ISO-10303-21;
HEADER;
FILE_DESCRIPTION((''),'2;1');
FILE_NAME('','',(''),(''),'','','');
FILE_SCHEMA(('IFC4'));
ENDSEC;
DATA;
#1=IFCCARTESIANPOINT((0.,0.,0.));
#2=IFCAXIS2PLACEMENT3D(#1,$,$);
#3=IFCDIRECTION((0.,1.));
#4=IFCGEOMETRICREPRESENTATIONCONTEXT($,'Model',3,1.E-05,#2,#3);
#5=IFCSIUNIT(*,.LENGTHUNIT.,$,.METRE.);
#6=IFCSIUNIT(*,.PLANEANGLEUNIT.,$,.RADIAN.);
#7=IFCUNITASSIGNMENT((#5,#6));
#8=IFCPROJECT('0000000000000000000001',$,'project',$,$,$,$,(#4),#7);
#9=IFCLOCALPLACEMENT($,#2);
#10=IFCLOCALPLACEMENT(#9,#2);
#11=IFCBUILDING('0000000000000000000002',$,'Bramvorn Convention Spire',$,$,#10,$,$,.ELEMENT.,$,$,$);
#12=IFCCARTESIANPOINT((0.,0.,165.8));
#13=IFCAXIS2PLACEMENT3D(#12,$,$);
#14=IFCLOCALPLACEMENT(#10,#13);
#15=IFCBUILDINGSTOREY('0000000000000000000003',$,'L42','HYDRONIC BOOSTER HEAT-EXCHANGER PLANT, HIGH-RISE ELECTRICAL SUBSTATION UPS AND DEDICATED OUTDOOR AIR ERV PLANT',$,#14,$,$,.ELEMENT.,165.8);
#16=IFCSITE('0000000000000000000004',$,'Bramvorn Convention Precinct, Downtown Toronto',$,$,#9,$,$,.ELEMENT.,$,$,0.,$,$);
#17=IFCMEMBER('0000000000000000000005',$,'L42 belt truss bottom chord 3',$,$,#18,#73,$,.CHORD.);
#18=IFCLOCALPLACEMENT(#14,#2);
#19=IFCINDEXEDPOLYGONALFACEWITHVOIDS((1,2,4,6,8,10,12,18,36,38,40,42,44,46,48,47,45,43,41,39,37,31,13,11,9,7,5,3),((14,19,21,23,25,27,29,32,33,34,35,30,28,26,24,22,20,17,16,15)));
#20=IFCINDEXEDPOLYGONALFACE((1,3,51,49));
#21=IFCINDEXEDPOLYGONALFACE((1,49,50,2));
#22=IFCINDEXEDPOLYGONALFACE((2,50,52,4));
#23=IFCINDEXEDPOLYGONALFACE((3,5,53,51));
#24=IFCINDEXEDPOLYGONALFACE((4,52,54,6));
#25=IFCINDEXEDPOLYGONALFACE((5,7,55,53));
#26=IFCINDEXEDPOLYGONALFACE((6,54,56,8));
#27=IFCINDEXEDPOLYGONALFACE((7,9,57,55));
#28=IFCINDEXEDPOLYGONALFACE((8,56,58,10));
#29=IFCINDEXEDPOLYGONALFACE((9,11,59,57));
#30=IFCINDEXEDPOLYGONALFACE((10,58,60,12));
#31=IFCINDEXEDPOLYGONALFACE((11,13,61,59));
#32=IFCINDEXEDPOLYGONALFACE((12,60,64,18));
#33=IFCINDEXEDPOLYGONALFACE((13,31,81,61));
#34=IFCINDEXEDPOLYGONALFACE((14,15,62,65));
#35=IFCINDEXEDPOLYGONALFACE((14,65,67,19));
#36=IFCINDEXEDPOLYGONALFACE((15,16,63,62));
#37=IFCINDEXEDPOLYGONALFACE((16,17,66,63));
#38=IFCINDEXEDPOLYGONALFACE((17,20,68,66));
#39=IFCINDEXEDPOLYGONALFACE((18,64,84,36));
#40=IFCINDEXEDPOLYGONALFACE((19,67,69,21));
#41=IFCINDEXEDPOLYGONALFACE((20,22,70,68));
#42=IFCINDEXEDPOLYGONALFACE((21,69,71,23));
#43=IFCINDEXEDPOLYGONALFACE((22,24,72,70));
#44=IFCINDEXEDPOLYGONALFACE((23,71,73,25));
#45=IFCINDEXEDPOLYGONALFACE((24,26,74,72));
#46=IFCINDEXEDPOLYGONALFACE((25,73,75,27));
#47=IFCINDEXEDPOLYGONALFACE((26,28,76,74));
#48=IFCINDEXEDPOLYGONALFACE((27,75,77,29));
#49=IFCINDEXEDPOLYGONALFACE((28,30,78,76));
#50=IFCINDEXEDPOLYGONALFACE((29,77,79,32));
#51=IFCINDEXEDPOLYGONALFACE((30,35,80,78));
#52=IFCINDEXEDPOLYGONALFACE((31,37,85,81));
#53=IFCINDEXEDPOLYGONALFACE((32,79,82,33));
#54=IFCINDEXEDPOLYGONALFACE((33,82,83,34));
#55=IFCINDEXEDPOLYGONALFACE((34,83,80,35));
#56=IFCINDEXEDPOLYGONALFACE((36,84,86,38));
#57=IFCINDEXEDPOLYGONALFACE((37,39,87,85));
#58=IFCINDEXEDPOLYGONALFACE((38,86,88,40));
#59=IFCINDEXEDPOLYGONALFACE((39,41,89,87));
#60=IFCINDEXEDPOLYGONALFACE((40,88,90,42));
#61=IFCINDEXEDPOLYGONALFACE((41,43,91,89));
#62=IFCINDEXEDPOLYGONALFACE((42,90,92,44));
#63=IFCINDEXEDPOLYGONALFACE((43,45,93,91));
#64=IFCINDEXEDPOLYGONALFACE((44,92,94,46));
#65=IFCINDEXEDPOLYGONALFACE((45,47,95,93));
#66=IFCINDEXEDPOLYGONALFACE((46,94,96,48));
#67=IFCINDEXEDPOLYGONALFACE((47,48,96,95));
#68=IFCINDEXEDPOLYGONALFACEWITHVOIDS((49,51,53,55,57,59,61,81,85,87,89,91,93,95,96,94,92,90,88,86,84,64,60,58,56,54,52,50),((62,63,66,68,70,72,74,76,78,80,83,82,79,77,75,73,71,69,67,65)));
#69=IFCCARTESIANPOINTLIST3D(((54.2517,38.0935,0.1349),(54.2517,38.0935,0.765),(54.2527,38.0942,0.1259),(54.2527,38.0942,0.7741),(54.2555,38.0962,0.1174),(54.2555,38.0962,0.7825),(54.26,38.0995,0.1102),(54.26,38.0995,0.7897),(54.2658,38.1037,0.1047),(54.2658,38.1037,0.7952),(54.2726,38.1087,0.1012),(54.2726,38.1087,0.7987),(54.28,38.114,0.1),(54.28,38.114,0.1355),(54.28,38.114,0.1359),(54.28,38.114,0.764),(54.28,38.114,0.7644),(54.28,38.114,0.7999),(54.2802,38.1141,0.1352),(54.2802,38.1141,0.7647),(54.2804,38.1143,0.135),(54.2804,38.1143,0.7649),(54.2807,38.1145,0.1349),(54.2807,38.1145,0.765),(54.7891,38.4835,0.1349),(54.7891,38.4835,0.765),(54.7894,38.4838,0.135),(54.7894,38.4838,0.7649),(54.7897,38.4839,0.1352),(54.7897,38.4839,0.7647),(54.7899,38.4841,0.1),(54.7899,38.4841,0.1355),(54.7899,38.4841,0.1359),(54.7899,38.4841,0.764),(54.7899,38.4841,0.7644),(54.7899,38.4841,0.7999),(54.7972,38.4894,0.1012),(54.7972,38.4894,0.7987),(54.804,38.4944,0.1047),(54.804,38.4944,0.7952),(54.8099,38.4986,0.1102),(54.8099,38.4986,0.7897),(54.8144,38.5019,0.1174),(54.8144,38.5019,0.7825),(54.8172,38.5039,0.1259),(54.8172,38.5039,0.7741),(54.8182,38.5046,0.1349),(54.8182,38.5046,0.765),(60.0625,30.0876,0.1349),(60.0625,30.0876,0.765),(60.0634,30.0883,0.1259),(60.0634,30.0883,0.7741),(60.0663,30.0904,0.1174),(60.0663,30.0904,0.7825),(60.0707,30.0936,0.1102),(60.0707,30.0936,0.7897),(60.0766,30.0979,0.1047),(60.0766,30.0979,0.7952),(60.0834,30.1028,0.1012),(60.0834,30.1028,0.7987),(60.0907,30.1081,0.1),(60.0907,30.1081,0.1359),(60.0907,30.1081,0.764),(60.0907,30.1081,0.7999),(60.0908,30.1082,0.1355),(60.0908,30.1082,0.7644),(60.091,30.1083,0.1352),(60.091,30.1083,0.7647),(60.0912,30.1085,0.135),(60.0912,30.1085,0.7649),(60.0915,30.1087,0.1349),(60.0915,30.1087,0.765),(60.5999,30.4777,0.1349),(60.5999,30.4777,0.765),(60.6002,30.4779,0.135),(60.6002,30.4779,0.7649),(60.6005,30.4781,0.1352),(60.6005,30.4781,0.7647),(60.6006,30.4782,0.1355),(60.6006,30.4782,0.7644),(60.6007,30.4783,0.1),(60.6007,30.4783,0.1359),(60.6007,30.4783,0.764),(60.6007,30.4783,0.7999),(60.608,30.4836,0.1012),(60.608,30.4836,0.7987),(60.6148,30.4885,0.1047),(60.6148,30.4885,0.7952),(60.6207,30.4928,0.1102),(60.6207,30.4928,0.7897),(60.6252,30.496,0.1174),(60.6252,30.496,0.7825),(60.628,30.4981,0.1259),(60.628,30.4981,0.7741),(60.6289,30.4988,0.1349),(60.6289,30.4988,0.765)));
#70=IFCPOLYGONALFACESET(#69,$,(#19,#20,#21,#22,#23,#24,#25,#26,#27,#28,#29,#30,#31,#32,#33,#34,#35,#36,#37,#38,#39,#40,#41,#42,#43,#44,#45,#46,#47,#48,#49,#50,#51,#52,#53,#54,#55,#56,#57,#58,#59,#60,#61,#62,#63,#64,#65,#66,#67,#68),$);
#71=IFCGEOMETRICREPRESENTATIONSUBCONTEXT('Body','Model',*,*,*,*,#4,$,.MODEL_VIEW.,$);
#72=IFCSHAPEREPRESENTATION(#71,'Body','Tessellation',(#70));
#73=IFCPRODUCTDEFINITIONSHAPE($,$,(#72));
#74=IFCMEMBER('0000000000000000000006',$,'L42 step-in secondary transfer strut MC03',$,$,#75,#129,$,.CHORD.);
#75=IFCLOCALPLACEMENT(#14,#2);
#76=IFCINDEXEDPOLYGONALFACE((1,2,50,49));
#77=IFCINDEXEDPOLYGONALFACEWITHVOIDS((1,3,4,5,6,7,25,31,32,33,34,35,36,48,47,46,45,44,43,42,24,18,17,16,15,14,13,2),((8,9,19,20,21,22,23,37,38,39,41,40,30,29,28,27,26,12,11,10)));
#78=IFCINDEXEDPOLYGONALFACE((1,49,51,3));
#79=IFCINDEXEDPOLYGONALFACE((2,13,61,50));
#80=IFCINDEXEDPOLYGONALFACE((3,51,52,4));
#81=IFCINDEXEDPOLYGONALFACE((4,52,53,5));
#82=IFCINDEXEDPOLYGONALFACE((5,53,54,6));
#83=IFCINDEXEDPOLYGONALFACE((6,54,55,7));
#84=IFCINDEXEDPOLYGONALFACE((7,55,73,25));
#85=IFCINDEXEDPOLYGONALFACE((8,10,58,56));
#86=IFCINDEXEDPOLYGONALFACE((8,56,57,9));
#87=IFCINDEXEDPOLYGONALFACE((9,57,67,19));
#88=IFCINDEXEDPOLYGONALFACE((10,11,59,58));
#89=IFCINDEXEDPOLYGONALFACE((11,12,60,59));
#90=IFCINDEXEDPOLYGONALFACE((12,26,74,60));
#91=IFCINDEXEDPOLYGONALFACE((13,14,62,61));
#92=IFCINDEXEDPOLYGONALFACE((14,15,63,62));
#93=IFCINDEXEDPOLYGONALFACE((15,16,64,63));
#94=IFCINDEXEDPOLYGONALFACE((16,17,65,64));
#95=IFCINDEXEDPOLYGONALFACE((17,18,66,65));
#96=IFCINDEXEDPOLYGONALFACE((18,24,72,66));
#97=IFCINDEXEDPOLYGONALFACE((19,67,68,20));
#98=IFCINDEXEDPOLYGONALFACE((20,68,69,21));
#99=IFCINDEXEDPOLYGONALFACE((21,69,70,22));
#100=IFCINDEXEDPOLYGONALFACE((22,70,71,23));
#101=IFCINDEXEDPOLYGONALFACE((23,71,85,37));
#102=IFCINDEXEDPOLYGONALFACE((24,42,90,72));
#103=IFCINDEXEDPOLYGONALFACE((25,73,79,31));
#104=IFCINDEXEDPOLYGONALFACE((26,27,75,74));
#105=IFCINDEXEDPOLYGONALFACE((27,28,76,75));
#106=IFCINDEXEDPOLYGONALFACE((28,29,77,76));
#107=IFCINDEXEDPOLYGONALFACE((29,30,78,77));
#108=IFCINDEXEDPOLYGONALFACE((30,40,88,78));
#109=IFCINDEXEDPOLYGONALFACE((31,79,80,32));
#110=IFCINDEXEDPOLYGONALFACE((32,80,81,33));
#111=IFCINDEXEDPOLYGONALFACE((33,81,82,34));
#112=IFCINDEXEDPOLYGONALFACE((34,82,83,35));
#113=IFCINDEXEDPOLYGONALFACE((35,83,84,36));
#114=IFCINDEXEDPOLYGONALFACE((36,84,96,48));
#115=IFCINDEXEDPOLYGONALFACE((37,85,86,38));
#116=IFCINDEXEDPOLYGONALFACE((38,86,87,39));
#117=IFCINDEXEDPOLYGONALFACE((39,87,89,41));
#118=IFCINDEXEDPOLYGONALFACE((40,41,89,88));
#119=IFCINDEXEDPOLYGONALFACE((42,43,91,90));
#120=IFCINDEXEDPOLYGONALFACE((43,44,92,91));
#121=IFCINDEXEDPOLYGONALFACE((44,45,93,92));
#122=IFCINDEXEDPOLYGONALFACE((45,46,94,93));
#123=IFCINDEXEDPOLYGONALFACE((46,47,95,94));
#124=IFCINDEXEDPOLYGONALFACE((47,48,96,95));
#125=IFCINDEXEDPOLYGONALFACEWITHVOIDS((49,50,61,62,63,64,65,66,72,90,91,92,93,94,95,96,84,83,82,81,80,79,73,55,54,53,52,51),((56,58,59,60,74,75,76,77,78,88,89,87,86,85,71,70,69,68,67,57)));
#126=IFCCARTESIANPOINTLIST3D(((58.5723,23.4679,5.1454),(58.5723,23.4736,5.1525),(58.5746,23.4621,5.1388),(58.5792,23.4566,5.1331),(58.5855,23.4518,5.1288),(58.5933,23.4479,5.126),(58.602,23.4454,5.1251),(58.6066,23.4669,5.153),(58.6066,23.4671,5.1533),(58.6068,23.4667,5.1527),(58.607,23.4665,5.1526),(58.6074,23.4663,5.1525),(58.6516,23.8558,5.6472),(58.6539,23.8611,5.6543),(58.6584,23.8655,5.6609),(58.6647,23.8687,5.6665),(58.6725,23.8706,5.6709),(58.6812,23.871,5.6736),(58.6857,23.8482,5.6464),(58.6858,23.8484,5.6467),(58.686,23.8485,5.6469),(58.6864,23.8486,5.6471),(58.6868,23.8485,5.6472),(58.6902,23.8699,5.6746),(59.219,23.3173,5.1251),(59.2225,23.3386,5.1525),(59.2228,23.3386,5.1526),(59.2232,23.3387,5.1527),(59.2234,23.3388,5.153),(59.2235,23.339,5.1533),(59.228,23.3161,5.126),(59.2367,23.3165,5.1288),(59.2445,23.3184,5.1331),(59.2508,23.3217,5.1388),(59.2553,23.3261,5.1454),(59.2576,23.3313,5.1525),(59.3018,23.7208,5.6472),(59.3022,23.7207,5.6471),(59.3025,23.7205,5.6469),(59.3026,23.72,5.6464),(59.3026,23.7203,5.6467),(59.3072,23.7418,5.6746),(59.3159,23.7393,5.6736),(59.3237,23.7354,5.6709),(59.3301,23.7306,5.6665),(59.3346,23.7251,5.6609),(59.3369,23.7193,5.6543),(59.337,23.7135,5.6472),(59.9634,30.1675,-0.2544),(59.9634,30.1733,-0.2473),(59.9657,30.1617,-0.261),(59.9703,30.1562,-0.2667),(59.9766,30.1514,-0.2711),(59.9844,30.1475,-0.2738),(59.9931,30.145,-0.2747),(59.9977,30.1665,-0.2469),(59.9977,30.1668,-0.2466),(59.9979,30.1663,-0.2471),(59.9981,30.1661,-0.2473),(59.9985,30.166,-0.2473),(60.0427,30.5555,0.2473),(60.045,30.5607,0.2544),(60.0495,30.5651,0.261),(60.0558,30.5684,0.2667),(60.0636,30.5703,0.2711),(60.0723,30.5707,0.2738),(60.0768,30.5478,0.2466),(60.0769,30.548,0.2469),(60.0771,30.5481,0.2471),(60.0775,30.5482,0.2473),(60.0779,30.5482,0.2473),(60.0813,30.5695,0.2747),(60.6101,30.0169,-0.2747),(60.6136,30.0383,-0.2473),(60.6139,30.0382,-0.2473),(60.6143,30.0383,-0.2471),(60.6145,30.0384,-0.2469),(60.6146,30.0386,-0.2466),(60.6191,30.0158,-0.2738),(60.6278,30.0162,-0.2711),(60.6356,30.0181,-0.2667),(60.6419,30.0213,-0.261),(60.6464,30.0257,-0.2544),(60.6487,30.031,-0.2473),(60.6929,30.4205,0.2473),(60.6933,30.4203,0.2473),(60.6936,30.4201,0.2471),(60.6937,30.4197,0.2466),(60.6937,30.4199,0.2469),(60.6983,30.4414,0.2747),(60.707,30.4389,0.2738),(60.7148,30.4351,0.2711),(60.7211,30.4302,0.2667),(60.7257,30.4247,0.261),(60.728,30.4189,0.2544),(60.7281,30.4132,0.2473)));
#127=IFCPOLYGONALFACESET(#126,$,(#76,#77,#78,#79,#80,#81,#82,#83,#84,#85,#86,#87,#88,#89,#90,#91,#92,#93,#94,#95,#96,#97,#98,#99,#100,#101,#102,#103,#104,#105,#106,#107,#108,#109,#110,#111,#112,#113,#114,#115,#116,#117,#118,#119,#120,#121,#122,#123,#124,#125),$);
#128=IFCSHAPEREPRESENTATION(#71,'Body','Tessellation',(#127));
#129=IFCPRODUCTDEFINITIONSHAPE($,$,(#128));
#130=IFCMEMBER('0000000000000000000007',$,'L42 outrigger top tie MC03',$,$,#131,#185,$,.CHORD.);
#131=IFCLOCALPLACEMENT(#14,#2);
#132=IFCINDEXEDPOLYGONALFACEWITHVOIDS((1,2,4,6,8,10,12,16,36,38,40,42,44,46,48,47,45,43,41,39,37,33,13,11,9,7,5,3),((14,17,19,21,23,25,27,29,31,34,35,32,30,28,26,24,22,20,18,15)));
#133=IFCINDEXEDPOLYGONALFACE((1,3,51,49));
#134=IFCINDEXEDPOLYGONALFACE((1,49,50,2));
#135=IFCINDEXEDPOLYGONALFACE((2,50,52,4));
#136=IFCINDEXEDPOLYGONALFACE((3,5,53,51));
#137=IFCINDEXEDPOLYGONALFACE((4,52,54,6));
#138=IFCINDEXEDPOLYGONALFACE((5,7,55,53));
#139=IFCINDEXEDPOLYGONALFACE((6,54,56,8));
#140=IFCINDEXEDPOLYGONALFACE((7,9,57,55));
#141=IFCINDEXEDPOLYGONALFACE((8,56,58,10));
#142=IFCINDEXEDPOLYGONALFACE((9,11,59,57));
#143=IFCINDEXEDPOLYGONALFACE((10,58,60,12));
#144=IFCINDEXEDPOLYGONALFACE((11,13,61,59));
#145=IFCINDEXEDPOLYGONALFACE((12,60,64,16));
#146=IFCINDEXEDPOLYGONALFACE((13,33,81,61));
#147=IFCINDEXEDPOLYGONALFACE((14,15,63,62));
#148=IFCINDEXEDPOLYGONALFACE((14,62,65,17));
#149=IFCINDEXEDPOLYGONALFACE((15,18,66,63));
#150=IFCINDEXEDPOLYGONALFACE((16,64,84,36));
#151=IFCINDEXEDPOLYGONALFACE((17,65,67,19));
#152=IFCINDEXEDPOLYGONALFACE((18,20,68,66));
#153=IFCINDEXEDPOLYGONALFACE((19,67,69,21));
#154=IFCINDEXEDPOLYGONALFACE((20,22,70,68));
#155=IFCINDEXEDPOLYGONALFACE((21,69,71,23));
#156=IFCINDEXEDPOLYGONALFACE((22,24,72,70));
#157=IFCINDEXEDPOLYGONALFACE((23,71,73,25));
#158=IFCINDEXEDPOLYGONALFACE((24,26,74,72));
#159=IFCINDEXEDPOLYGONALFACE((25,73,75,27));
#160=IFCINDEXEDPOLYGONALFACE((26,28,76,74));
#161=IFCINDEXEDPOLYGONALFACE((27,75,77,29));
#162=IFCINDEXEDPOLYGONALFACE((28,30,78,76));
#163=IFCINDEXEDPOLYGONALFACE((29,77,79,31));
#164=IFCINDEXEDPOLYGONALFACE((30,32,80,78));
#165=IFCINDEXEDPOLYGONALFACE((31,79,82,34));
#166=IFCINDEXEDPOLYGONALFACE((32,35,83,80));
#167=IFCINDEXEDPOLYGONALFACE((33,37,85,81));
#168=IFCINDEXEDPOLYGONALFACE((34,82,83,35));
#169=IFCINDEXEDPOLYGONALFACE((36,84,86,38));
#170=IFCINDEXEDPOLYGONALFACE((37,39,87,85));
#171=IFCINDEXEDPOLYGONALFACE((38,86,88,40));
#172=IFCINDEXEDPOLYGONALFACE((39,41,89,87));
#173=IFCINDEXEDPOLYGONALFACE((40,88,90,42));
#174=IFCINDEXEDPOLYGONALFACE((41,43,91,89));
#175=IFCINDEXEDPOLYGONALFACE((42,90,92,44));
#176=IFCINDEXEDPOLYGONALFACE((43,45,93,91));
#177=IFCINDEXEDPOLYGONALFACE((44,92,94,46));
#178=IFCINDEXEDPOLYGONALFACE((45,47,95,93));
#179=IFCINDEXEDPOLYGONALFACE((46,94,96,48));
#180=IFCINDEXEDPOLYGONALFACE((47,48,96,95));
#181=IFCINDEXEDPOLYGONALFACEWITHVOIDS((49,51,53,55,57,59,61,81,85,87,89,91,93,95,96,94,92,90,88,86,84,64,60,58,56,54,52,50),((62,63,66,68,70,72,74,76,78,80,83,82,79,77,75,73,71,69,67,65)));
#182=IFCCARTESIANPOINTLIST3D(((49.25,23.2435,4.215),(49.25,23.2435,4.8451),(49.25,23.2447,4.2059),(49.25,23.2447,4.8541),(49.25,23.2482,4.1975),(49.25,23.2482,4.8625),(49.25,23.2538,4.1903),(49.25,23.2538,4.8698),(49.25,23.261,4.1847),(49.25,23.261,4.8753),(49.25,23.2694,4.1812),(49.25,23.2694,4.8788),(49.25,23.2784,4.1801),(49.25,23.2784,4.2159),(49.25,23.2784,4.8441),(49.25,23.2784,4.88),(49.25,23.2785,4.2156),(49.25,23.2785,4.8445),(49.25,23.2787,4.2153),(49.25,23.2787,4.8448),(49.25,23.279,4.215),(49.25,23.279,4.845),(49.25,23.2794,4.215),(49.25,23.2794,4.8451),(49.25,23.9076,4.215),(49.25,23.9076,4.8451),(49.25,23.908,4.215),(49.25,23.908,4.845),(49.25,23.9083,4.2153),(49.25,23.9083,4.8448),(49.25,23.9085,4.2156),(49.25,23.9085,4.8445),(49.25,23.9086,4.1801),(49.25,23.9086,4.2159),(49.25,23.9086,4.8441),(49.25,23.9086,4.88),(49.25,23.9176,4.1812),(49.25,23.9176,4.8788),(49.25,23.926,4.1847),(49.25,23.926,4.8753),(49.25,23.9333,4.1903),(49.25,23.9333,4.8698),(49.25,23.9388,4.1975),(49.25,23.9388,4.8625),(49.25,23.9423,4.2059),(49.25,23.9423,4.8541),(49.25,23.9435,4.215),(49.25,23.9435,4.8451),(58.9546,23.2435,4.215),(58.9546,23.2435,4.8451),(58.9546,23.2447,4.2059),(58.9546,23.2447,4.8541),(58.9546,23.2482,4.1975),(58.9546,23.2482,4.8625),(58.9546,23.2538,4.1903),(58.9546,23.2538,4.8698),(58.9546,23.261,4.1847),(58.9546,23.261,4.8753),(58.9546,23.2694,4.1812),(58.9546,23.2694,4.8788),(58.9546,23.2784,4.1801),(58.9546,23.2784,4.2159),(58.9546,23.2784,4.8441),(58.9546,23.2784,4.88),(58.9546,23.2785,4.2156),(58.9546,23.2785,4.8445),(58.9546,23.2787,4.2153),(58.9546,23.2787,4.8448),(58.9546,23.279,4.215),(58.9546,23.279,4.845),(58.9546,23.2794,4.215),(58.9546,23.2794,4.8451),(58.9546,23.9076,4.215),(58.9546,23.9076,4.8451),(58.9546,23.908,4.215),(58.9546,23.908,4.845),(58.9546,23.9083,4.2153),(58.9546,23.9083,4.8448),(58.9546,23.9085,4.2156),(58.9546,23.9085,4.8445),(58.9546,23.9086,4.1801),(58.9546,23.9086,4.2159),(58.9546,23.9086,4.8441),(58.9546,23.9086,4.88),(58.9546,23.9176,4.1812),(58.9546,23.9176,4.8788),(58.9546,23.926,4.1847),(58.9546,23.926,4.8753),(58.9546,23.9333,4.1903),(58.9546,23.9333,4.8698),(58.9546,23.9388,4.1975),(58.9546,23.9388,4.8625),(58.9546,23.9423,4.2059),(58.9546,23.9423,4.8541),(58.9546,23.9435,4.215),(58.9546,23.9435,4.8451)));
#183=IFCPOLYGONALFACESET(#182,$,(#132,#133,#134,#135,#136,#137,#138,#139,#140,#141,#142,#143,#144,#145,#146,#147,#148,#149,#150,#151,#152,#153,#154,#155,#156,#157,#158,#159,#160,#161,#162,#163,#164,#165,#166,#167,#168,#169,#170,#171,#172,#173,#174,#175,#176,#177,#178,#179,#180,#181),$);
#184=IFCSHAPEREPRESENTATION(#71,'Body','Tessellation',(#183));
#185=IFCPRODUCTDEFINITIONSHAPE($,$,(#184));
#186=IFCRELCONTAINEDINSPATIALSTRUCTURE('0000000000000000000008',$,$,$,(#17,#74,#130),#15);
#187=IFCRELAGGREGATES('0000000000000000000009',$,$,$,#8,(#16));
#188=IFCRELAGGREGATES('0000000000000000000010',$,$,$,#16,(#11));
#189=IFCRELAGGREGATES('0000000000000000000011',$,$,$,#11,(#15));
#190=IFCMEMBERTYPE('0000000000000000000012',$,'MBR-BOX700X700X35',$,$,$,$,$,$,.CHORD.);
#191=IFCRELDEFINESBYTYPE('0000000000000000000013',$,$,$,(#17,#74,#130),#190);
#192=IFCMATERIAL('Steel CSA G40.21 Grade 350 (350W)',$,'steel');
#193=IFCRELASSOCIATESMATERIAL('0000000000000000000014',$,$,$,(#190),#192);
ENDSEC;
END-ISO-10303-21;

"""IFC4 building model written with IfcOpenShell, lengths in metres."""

from ifc_helpers import new_model, si_unit, direction, frame, origin, origin_2d, place, context, subcontext, project, spatial, hollow_rectangle, extrude, material, material_profile, profile_set, type_object, element, save


model = new_model("IFC4")

# Units and contexts
model_context = context("Model", 3, precision=1e-05, world=origin(), true_north=direction((0.0, 1.0)))
body_context = subcontext(model_context, "Body", "Model", "MODEL_VIEW")
ifc_project = project(units=[si_unit("LENGTHUNIT", "METRE"), si_unit("PLANEANGLEUNIT", "RADIAN")], contexts=[model_context])

# Site, building, storey
site_placement = place(None, origin())
site = spatial("IfcSite", under=ifc_project, at=site_placement, Name="Bramvorn Convention Precinct, Downtown Toronto", CompositionType="ELEMENT", RefElevation=0.0)
building_placement = place(site_placement, origin())
building = spatial("IfcBuilding", under=site, at=building_placement, Name="Bramvorn Convention Spire", CompositionType="ELEMENT")
storey_placement = place(building_placement, frame((0.0, 0.0, 165.8)))
storey = spatial("IfcBuildingStorey", under=building, at=storey_placement, Name="L42", Description="HYDRONIC BOOSTER HEAT-EXCHANGER PLANT, HIGH-RISE ELECTRICAL SUBSTATION UPS AND DEDICATED OUTDOOR AIR ERV PLANT", CompositionType="ELEMENT", Elevation=165.8)

# Shared definitions
ifc_material_1 = material(Name="Steel CSA G40.21 Grade 350 (350W)", Category="steel")

# Members
ifc_material_profile_1 = material_profile(ifc_material_1, hollow_rectangle(XDim=0.7, YDim=0.7, WallThickness=0.0349, InnerFilletRadius=0.001, OuterFilletRadius=0.0349, at=origin_2d()))
ifc_profile_set_1 = profile_set([ifc_material_profile_1], Name="Steel CSA G40.21 Grade 350 (350W) - BOX700X700X35")
member_type_1 = type_object("IfcMemberType", Name="MBR-BOX700X700X35", PredefinedType="CHORD", material=ifc_profile_set_1)
member_1_placement = place(storey_placement, frame((60.3457, 30.2932, 0.45), z_axis=(-0.587401, 0.809296, 0.0), x_axis=(-0.809296, -0.587401, 0.0)))
element("IfcMember", 1, at=member_1_placement, inside=storey, type_object=member_type_1, Name="L42 belt truss bottom chord 3", PredefinedType="CHORD", context=body_context, shape_type="SweptSolid", body=[
    extrude(hollow_rectangle(XDim=0.7, YDim=0.7, WallThickness=0.0349, InnerFilletRadius=0.001, OuterFilletRadius=0.0349, at=origin_2d()), origin(), (0.0, 0.0, 1.0), 9.8923),
])
member_2_placement = place(storey_placement, frame((60.3457, 30.2932, 0.0), z_axis=(-0.159592, -0.768609, 0.619492), x_axis=(0.979116, -0.203302, 0.0)))
element("IfcMember", 2, at=member_2_placement, inside=storey, type_object=member_type_1, Name="L42 step-in secondary transfer strut MC03", PredefinedType="CHORD", context=body_context, shape_type="SweptSolid", body=[
    extrude(hollow_rectangle(XDim=0.7, YDim=0.7, WallThickness=0.0349, InnerFilletRadius=0.001, OuterFilletRadius=0.0349, at=origin_2d()), origin(), (0.0, 0.0, 1.0), 8.7166),
])
member_3_placement = place(storey_placement, frame((49.25, 23.5935, 4.53), z_axis=(1.0, 0.0, 0.0), x_axis=(0.0, 1.0, 0.0)))
element("IfcMember", 3, at=member_3_placement, inside=storey, type_object=member_type_1, Name="L42 outrigger top tie MC03", PredefinedType="CHORD", context=body_context, shape_type="SweptSolid", body=[
    extrude(hollow_rectangle(XDim=0.7, YDim=0.7, WallThickness=0.0349, InnerFilletRadius=0.001, OuterFilletRadius=0.0349, at=origin_2d()), origin(), (0.0, 0.0, 1.0), 9.7046),
])

save(model, "model.ifc")
